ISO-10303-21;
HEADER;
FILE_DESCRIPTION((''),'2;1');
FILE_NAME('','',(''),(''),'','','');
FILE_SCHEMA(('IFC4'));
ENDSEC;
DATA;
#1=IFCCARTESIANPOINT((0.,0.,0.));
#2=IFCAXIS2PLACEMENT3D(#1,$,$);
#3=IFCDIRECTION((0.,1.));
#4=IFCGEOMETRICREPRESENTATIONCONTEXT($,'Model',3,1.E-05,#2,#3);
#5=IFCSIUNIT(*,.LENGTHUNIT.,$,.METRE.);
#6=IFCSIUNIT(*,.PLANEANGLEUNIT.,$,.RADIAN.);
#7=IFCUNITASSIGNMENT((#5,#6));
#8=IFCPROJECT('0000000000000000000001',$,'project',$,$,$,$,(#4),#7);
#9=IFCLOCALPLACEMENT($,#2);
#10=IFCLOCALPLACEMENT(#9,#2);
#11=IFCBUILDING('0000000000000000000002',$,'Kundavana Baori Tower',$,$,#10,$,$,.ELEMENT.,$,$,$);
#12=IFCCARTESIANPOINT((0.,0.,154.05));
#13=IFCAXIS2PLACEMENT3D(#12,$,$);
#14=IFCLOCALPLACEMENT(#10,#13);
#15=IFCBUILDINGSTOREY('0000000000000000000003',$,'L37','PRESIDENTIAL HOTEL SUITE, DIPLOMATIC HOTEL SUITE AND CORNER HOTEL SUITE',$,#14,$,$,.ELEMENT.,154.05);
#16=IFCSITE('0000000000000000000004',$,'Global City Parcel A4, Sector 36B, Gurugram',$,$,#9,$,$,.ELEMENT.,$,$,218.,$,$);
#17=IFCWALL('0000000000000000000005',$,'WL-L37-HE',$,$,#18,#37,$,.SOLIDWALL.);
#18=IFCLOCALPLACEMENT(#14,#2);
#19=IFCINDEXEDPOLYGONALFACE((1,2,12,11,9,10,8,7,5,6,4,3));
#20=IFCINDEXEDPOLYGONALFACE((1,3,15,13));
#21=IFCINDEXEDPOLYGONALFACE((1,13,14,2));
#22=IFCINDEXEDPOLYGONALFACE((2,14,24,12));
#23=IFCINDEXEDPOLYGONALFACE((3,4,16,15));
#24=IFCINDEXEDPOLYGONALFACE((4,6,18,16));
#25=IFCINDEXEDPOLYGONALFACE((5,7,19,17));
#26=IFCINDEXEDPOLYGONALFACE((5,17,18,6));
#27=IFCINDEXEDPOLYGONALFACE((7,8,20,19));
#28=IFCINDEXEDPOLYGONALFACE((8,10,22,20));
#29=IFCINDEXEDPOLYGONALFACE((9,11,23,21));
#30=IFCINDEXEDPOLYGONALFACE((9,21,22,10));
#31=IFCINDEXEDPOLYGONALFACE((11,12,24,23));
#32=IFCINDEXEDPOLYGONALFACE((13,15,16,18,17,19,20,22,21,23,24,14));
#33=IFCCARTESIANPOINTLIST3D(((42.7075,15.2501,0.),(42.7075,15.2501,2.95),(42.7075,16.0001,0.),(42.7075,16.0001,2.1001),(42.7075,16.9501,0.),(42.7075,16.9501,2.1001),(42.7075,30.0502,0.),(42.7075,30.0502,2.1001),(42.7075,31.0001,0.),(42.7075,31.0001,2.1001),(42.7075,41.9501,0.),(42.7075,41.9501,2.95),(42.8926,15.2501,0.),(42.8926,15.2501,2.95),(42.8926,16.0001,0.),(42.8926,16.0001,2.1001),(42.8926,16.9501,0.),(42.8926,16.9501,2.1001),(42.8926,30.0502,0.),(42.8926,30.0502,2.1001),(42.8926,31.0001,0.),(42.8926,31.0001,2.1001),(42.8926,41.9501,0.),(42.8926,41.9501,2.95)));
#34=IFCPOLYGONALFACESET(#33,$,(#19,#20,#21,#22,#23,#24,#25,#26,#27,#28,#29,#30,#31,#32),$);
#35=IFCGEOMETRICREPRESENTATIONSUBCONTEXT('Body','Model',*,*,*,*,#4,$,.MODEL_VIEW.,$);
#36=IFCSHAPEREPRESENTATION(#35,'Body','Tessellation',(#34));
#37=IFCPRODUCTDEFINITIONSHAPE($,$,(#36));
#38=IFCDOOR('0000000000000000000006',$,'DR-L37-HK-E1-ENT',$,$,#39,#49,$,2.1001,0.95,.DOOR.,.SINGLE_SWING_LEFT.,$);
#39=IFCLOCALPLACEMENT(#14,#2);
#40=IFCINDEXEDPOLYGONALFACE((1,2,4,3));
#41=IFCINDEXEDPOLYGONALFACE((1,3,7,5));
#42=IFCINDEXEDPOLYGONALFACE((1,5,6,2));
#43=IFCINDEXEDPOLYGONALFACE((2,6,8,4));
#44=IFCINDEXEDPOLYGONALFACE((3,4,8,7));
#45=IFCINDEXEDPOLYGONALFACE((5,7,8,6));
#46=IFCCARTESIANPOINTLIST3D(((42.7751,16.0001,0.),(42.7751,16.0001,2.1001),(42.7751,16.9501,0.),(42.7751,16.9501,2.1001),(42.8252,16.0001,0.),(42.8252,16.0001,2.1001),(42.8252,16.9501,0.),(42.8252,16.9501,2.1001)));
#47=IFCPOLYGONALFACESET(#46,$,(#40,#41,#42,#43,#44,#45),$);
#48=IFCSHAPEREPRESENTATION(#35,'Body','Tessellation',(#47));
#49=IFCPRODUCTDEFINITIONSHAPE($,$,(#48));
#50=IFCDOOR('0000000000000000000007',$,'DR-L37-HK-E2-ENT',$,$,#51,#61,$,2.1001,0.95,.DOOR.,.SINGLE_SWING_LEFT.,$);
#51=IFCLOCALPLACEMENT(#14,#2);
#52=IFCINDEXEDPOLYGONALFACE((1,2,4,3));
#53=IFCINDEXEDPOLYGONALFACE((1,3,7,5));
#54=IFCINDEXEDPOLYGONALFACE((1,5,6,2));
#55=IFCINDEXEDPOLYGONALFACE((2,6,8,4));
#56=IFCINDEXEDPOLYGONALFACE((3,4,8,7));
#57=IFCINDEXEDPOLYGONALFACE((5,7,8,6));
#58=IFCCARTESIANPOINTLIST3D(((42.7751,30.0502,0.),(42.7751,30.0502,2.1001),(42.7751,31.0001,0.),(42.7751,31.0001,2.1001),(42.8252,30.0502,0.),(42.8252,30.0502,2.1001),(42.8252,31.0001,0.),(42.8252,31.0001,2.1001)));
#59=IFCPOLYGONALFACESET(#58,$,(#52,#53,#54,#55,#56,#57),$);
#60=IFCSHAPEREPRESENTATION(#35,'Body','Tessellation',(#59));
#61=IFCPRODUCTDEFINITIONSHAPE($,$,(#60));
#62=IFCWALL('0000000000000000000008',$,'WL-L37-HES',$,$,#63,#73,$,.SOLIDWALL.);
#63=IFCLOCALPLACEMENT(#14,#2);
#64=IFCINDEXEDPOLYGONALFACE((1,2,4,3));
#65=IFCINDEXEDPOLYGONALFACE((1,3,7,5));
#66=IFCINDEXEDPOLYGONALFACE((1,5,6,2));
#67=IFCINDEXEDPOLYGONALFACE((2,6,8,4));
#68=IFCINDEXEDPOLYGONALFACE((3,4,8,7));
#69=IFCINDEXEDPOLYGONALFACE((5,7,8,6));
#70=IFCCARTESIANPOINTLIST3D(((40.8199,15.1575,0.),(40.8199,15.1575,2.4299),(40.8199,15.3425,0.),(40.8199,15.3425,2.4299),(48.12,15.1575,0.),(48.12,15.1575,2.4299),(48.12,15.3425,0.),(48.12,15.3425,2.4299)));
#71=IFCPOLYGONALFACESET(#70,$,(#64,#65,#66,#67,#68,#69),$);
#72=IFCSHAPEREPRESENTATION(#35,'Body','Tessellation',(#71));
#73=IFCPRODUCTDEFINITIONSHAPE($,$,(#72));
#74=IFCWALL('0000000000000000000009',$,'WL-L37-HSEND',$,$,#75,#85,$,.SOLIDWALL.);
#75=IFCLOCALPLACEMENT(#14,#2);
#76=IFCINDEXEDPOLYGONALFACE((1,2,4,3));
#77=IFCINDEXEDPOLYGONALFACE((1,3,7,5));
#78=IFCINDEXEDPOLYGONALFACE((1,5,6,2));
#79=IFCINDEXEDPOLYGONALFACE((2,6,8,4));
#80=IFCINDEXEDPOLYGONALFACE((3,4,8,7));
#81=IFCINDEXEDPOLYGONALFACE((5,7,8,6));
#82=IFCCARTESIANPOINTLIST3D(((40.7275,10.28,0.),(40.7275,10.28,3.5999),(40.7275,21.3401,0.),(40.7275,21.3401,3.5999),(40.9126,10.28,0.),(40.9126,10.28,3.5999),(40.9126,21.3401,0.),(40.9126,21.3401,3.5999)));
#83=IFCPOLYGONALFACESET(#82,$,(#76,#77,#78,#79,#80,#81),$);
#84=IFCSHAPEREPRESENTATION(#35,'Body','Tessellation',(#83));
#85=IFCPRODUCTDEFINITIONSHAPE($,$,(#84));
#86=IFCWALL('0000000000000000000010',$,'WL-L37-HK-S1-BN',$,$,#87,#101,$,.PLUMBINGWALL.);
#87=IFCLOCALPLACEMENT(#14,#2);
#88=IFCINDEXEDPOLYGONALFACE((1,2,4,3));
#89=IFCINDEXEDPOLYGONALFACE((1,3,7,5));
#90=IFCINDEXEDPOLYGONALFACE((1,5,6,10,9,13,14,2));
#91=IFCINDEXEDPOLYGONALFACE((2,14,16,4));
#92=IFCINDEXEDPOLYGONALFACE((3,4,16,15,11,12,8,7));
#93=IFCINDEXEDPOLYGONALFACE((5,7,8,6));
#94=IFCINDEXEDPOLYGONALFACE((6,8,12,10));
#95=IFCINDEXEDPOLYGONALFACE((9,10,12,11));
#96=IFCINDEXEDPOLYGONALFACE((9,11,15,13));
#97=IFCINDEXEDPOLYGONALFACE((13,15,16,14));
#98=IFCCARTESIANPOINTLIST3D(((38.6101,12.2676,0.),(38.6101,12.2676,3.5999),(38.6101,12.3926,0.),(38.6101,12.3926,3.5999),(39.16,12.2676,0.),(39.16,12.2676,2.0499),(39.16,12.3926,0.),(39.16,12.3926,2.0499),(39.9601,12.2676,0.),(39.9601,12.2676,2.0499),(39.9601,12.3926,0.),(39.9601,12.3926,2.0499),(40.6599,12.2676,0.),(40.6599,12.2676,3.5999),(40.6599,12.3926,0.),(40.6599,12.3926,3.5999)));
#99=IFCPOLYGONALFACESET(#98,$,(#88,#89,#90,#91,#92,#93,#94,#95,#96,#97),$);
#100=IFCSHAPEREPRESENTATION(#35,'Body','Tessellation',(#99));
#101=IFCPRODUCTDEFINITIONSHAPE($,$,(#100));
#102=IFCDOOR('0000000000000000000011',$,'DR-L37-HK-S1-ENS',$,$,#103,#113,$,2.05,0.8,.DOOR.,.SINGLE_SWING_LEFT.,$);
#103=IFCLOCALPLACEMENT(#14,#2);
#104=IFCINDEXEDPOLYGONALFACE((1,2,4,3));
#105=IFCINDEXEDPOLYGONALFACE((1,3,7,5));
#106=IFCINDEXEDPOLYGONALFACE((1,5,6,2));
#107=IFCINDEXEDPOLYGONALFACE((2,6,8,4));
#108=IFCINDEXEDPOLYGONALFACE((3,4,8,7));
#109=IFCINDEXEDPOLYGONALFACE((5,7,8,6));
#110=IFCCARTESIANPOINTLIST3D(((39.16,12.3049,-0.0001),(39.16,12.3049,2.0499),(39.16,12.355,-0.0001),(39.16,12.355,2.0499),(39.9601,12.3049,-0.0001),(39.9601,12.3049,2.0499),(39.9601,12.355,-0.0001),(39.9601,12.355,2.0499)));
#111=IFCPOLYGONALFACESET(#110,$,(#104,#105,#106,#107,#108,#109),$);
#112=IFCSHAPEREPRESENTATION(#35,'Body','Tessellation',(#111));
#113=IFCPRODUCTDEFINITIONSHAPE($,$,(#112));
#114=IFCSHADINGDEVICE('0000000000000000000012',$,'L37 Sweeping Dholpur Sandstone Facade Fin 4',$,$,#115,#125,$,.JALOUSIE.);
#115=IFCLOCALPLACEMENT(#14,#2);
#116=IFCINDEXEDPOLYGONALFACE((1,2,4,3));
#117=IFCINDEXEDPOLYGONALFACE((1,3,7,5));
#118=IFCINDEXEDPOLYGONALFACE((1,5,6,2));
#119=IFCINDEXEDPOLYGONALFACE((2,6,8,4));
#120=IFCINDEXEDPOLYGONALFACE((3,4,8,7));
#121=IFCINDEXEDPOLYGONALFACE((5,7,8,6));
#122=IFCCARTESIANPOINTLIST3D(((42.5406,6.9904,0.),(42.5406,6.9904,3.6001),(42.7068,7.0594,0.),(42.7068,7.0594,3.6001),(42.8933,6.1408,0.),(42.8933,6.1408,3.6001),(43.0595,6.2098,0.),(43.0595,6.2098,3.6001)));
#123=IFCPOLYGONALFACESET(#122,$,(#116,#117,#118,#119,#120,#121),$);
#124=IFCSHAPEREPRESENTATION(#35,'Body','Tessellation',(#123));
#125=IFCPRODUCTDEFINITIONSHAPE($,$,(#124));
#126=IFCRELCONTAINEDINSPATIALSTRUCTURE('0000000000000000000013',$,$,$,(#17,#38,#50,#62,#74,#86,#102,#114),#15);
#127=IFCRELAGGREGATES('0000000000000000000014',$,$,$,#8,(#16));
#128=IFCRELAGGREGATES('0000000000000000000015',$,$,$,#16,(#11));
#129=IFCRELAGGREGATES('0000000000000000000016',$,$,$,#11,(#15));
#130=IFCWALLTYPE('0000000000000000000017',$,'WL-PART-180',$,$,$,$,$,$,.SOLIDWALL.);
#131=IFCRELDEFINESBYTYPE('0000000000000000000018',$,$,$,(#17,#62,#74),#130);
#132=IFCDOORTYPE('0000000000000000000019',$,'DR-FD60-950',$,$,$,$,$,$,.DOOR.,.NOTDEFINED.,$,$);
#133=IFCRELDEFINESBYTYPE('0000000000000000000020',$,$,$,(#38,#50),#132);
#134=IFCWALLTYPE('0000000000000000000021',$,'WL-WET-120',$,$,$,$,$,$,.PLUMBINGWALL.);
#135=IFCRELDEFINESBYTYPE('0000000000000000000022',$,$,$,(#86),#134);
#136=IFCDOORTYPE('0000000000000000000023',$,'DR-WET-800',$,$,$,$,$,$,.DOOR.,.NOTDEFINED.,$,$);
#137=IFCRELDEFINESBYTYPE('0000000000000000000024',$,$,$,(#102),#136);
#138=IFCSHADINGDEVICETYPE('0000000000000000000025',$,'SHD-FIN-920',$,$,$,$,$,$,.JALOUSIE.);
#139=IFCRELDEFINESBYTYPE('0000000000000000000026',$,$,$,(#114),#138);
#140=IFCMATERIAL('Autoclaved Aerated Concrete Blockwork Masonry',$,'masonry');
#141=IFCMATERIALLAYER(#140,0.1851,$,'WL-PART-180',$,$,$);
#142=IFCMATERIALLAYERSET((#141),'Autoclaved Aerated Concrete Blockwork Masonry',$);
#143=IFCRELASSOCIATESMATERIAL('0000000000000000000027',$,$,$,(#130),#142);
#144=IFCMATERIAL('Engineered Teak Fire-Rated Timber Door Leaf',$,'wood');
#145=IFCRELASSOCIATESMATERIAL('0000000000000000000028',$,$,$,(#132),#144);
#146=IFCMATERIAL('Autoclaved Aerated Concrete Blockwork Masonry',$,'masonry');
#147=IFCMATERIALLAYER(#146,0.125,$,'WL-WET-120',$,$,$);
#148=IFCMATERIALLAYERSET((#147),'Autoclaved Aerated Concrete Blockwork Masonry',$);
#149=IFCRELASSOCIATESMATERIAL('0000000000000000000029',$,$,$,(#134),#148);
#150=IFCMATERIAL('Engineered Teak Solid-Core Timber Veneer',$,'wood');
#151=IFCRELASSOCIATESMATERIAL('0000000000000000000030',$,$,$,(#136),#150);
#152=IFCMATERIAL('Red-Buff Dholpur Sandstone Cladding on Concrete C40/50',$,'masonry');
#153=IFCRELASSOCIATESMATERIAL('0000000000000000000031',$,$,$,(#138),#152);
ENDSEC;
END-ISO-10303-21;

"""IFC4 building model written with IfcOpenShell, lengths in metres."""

from ifc_helpers import new_model, si_unit, direction, frame, frame_2d, origin, origin_2d, place, context, subcontext, project, spatial, rectangle, extrude, material, layer, layer_set, type_object, element, fill, save


model = new_model("IFC4")

# Units and contexts
model_context = context("Model", 3, precision=1e-05, world=origin(), true_north=direction((0.0, 1.0)))
body_context = subcontext(model_context, "Body", "Model", "MODEL_VIEW")
ifc_project = project(units=[si_unit("LENGTHUNIT", "METRE"), si_unit("PLANEANGLEUNIT", "RADIAN")], contexts=[model_context])

# Site, building, storey
site_placement = place(None, origin())
site = spatial("IfcSite", under=ifc_project, at=site_placement, Name="Global City Parcel A4, Sector 36B, Gurugram", CompositionType="ELEMENT", RefElevation=218.0)
building_placement = place(site_placement, origin())
building = spatial("IfcBuilding", under=site, at=building_placement, Name="Kundavana Baori Tower", CompositionType="ELEMENT")
storey_placement = place(building_placement, frame((0.0, 0.0, 154.05)))
storey = spatial("IfcBuildingStorey", under=building, at=storey_placement, Name="L37", Description="PRESIDENTIAL HOTEL SUITE, DIPLOMATIC HOTEL SUITE AND CORNER HOTEL SUITE", CompositionType="ELEMENT", Elevation=154.05)

# Wall, openings, doors
ifc_material_1 = material(Name="Autoclaved Aerated Concrete Blockwork Masonry", Category="masonry")
ifc_layer_1 = layer(ifc_material_1, 0.1851, Name="WL-PART-180")
ifc_layer_set_1 = layer_set([ifc_layer_1], Name="Autoclaved Aerated Concrete Blockwork Masonry")
wall_type_1 = type_object("IfcWallType", Name="WL-PART-180", PredefinedType="SOLIDWALL", material=ifc_layer_set_1)
wall_1_placement = place(storey_placement, frame((42.8, 15.25, 0.0), z_axis=(0.0, 0.0, 1.0), x_axis=(0.0, 1.0, 0.0)))
wall_1 = element("IfcWall", 1, at=wall_1_placement, inside=storey, type_object=wall_type_1, Name="WL-L37-HE", PredefinedType="SOLIDWALL", context=body_context, shape_type="SweptSolid", body=[
    extrude(rectangle(XDim=26.7, YDim=0.1851, at=frame_2d((13.3501, 0.0))), origin(), (0.0, 0.0, 1.0), 2.95),
])
opening_1_placement = place(wall_1_placement, frame((0.75, 0.0, 0.0)))
opening_1 = element("IfcOpeningElement", 2, at=opening_1_placement, cuts=wall_1, PredefinedType="OPENING", context=body_context, shape_type="SweptSolid", body=[
    extrude(rectangle(XDim=0.95, YDim=2.1001, at=frame_2d((0.4751, 1.05))), frame((0.0, 0.1025, 0.0), z_axis=(0.0, -1.0, 0.0), x_axis=(1.0, 0.0, 0.0)), (0.0, 0.0, 1.0), 0.2051),
])
opening_2_placement = place(wall_1_placement, frame((14.8, 0.0, 0.0)))
opening_2 = element("IfcOpeningElement", 3, at=opening_2_placement, cuts=wall_1, PredefinedType="OPENING", context=body_context, shape_type="SweptSolid", body=[
    extrude(rectangle(XDim=0.95, YDim=2.1001, at=frame_2d((0.4751, 1.05))), frame((0.0, 0.1025, 0.0), z_axis=(0.0, -1.0, 0.0), x_axis=(1.0, 0.0, 0.0)), (0.0, 0.0, 1.0), 0.2051),
])
ifc_material_2 = material(Name="Engineered Teak Fire-Rated Timber Door Leaf", Category="wood")
door_type_1 = type_object("IfcDoorType", Name="DR-FD60-950", OperationType="NOTDEFINED", PredefinedType="DOOR", material=ifc_material_2)
door_1_placement = place(opening_1_placement, origin())
door_1 = element("IfcDoor", 4, at=door_1_placement, inside=storey, type_object=door_type_1, Name="DR-L37-HK-E1-ENT", OperationType="SINGLE_SWING_LEFT", OverallHeight=2.1001, OverallWidth=0.95, PredefinedType="DOOR", context=body_context, shape_type="SweptSolid", body=[
    extrude(rectangle(XDim=0.95, YDim=2.1001, at=frame_2d((0.4751, 1.05))), frame((0.0, 0.0249, 0.0), z_axis=(0.0, -1.0, 0.0), x_axis=(1.0, 0.0, 0.0)), (0.0, 0.0, 1.0), 0.05),
])
fill(opening_1, door_1)
door_2_placement = place(opening_2_placement, origin())
door_2 = element("IfcDoor", 5, at=door_2_placement, inside=storey, type_object=door_type_1, Name="DR-L37-HK-E2-ENT", OperationType="SINGLE_SWING_LEFT", OverallHeight=2.1001, OverallWidth=0.95, PredefinedType="DOOR", context=body_context, shape_type="SweptSolid", body=[
    extrude(rectangle(XDim=0.95, YDim=2.1001, at=frame_2d((0.4751, 1.05))), frame((0.0, 0.0249, 0.0), z_axis=(0.0, -1.0, 0.0), x_axis=(1.0, 0.0, 0.0)), (0.0, 0.0, 1.0), 0.05),
])
fill(opening_2, door_2)

# Walls
wall_2_placement = place(storey_placement, frame((40.8201, 15.25, 0.0), z_axis=(0.0, 0.0, 1.0), x_axis=(1.0, 0.0, 0.0)))
element("IfcWall", 6, at=wall_2_placement, inside=storey, type_object=wall_type_1, Name="WL-L37-HES", PredefinedType="SOLIDWALL", context=body_context, shape_type="SweptSolid", body=[
    extrude(rectangle(XDim=7.3, YDim=0.1851, at=frame_2d((3.6499, 0.0))), origin(), (0.0, 0.0, 1.0), 2.4299),
])
wall_3_placement = place(storey_placement, frame((40.8201, 10.28, 0.0), z_axis=(0.0, 0.0, 1.0), x_axis=(0.0, 1.0, 0.0)))
element("IfcWall", 7, at=wall_3_placement, inside=storey, type_object=wall_type_1, Name="WL-L37-HSEND", PredefinedType="SOLIDWALL", context=body_context, shape_type="SweptSolid", body=[
    extrude(rectangle(XDim=11.0601, YDim=0.1851, at=frame_2d((5.53, 0.0))), origin(), (0.0, 0.0, 1.0), 3.5999),
])

# Wall, opening, door
ifc_material_3 = material(Name="Autoclaved Aerated Concrete Blockwork Masonry", Category="masonry")
ifc_layer_2 = layer(ifc_material_3, 0.125, Name="WL-WET-120")
ifc_layer_set_2 = layer_set([ifc_layer_2], Name="Autoclaved Aerated Concrete Blockwork Masonry")
wall_type_2 = type_object("IfcWallType", Name="WL-WET-120", PredefinedType="PLUMBINGWALL", material=ifc_layer_set_2)
wall_4_placement = place(storey_placement, frame((38.6101, 12.3301, 0.0), z_axis=(0.0, 0.0, 1.0), x_axis=(1.0, 0.0, 0.0)))
wall_4 = element("IfcWall", 8, at=wall_4_placement, inside=storey, type_object=wall_type_2, Name="WL-L37-HK-S1-BN", PredefinedType="PLUMBINGWALL", context=body_context, shape_type="SweptSolid", body=[
    extrude(rectangle(XDim=2.0498, YDim=0.125, at=frame_2d((1.0249, 0.0))), origin(), (0.0, 0.0, 1.0), 3.5999),
])
opening_3_placement = place(wall_4_placement, frame((0.55, 0.0, 0.0)))
opening_3 = element("IfcOpeningElement", 9, at=opening_3_placement, cuts=wall_4, PredefinedType="OPENING", context=body_context, shape_type="SweptSolid", body=[
    extrude(rectangle(XDim=0.8, YDim=2.05, at=frame_2d((0.3999, 1.0249))), frame((0.0, 0.0725, 0.0), z_axis=(0.0, -1.0, 0.0), x_axis=(1.0, 0.0, 0.0)), (0.0, 0.0, 1.0), 0.145),
])
ifc_material_4 = material(Name="Engineered Teak Solid-Core Timber Veneer", Category="wood")
door_type_2 = type_object("IfcDoorType", Name="DR-WET-800", OperationType="NOTDEFINED", PredefinedType="DOOR", material=ifc_material_4)
door_3_placement = place(opening_3_placement, origin())
door_3 = element("IfcDoor", 10, at=door_3_placement, inside=storey, type_object=door_type_2, Name="DR-L37-HK-S1-ENS", OperationType="SINGLE_SWING_LEFT", OverallHeight=2.05, OverallWidth=0.8, PredefinedType="DOOR", context=body_context, shape_type="SweptSolid", body=[
    extrude(rectangle(XDim=0.8, YDim=2.05, at=frame_2d((0.3999, 1.0249))), frame((0.0, 0.0249, 0.0), z_axis=(0.0, -1.0, 0.0), x_axis=(1.0, 0.0, 0.0)), (0.0, 0.0, 1.0), 0.05),
])
fill(opening_3, door_3)

# Shading device
ifc_material_5 = material(Name="Red-Buff Dholpur Sandstone Cladding on Concrete C40/50", Category="masonry")
shading_device_type = type_object("IfcShadingDeviceType", Name="SHD-FIN-920", PredefinedType="JALOUSIE", material=ifc_material_5)
shading_device_placement = place(storey_placement, frame((42.8, 6.6001, 0.0), z_axis=(0.0, 0.0, 1.0), x_axis=(0.923612, 0.383328, 0.0)))
element("IfcShadingDevice", 11, at=shading_device_placement, inside=storey, type_object=shading_device_type, Name="L37 Sweeping Dholpur Sandstone Facade Fin 4", PredefinedType="JALOUSIE", context=body_context, shape_type="SweptSolid", body=[
    extrude(rectangle(XDim=0.1799, YDim=0.9199, at=origin_2d()), origin(), (0.0, 0.0, 1.0), 3.6001),
])

save(model, "model.ifc")
